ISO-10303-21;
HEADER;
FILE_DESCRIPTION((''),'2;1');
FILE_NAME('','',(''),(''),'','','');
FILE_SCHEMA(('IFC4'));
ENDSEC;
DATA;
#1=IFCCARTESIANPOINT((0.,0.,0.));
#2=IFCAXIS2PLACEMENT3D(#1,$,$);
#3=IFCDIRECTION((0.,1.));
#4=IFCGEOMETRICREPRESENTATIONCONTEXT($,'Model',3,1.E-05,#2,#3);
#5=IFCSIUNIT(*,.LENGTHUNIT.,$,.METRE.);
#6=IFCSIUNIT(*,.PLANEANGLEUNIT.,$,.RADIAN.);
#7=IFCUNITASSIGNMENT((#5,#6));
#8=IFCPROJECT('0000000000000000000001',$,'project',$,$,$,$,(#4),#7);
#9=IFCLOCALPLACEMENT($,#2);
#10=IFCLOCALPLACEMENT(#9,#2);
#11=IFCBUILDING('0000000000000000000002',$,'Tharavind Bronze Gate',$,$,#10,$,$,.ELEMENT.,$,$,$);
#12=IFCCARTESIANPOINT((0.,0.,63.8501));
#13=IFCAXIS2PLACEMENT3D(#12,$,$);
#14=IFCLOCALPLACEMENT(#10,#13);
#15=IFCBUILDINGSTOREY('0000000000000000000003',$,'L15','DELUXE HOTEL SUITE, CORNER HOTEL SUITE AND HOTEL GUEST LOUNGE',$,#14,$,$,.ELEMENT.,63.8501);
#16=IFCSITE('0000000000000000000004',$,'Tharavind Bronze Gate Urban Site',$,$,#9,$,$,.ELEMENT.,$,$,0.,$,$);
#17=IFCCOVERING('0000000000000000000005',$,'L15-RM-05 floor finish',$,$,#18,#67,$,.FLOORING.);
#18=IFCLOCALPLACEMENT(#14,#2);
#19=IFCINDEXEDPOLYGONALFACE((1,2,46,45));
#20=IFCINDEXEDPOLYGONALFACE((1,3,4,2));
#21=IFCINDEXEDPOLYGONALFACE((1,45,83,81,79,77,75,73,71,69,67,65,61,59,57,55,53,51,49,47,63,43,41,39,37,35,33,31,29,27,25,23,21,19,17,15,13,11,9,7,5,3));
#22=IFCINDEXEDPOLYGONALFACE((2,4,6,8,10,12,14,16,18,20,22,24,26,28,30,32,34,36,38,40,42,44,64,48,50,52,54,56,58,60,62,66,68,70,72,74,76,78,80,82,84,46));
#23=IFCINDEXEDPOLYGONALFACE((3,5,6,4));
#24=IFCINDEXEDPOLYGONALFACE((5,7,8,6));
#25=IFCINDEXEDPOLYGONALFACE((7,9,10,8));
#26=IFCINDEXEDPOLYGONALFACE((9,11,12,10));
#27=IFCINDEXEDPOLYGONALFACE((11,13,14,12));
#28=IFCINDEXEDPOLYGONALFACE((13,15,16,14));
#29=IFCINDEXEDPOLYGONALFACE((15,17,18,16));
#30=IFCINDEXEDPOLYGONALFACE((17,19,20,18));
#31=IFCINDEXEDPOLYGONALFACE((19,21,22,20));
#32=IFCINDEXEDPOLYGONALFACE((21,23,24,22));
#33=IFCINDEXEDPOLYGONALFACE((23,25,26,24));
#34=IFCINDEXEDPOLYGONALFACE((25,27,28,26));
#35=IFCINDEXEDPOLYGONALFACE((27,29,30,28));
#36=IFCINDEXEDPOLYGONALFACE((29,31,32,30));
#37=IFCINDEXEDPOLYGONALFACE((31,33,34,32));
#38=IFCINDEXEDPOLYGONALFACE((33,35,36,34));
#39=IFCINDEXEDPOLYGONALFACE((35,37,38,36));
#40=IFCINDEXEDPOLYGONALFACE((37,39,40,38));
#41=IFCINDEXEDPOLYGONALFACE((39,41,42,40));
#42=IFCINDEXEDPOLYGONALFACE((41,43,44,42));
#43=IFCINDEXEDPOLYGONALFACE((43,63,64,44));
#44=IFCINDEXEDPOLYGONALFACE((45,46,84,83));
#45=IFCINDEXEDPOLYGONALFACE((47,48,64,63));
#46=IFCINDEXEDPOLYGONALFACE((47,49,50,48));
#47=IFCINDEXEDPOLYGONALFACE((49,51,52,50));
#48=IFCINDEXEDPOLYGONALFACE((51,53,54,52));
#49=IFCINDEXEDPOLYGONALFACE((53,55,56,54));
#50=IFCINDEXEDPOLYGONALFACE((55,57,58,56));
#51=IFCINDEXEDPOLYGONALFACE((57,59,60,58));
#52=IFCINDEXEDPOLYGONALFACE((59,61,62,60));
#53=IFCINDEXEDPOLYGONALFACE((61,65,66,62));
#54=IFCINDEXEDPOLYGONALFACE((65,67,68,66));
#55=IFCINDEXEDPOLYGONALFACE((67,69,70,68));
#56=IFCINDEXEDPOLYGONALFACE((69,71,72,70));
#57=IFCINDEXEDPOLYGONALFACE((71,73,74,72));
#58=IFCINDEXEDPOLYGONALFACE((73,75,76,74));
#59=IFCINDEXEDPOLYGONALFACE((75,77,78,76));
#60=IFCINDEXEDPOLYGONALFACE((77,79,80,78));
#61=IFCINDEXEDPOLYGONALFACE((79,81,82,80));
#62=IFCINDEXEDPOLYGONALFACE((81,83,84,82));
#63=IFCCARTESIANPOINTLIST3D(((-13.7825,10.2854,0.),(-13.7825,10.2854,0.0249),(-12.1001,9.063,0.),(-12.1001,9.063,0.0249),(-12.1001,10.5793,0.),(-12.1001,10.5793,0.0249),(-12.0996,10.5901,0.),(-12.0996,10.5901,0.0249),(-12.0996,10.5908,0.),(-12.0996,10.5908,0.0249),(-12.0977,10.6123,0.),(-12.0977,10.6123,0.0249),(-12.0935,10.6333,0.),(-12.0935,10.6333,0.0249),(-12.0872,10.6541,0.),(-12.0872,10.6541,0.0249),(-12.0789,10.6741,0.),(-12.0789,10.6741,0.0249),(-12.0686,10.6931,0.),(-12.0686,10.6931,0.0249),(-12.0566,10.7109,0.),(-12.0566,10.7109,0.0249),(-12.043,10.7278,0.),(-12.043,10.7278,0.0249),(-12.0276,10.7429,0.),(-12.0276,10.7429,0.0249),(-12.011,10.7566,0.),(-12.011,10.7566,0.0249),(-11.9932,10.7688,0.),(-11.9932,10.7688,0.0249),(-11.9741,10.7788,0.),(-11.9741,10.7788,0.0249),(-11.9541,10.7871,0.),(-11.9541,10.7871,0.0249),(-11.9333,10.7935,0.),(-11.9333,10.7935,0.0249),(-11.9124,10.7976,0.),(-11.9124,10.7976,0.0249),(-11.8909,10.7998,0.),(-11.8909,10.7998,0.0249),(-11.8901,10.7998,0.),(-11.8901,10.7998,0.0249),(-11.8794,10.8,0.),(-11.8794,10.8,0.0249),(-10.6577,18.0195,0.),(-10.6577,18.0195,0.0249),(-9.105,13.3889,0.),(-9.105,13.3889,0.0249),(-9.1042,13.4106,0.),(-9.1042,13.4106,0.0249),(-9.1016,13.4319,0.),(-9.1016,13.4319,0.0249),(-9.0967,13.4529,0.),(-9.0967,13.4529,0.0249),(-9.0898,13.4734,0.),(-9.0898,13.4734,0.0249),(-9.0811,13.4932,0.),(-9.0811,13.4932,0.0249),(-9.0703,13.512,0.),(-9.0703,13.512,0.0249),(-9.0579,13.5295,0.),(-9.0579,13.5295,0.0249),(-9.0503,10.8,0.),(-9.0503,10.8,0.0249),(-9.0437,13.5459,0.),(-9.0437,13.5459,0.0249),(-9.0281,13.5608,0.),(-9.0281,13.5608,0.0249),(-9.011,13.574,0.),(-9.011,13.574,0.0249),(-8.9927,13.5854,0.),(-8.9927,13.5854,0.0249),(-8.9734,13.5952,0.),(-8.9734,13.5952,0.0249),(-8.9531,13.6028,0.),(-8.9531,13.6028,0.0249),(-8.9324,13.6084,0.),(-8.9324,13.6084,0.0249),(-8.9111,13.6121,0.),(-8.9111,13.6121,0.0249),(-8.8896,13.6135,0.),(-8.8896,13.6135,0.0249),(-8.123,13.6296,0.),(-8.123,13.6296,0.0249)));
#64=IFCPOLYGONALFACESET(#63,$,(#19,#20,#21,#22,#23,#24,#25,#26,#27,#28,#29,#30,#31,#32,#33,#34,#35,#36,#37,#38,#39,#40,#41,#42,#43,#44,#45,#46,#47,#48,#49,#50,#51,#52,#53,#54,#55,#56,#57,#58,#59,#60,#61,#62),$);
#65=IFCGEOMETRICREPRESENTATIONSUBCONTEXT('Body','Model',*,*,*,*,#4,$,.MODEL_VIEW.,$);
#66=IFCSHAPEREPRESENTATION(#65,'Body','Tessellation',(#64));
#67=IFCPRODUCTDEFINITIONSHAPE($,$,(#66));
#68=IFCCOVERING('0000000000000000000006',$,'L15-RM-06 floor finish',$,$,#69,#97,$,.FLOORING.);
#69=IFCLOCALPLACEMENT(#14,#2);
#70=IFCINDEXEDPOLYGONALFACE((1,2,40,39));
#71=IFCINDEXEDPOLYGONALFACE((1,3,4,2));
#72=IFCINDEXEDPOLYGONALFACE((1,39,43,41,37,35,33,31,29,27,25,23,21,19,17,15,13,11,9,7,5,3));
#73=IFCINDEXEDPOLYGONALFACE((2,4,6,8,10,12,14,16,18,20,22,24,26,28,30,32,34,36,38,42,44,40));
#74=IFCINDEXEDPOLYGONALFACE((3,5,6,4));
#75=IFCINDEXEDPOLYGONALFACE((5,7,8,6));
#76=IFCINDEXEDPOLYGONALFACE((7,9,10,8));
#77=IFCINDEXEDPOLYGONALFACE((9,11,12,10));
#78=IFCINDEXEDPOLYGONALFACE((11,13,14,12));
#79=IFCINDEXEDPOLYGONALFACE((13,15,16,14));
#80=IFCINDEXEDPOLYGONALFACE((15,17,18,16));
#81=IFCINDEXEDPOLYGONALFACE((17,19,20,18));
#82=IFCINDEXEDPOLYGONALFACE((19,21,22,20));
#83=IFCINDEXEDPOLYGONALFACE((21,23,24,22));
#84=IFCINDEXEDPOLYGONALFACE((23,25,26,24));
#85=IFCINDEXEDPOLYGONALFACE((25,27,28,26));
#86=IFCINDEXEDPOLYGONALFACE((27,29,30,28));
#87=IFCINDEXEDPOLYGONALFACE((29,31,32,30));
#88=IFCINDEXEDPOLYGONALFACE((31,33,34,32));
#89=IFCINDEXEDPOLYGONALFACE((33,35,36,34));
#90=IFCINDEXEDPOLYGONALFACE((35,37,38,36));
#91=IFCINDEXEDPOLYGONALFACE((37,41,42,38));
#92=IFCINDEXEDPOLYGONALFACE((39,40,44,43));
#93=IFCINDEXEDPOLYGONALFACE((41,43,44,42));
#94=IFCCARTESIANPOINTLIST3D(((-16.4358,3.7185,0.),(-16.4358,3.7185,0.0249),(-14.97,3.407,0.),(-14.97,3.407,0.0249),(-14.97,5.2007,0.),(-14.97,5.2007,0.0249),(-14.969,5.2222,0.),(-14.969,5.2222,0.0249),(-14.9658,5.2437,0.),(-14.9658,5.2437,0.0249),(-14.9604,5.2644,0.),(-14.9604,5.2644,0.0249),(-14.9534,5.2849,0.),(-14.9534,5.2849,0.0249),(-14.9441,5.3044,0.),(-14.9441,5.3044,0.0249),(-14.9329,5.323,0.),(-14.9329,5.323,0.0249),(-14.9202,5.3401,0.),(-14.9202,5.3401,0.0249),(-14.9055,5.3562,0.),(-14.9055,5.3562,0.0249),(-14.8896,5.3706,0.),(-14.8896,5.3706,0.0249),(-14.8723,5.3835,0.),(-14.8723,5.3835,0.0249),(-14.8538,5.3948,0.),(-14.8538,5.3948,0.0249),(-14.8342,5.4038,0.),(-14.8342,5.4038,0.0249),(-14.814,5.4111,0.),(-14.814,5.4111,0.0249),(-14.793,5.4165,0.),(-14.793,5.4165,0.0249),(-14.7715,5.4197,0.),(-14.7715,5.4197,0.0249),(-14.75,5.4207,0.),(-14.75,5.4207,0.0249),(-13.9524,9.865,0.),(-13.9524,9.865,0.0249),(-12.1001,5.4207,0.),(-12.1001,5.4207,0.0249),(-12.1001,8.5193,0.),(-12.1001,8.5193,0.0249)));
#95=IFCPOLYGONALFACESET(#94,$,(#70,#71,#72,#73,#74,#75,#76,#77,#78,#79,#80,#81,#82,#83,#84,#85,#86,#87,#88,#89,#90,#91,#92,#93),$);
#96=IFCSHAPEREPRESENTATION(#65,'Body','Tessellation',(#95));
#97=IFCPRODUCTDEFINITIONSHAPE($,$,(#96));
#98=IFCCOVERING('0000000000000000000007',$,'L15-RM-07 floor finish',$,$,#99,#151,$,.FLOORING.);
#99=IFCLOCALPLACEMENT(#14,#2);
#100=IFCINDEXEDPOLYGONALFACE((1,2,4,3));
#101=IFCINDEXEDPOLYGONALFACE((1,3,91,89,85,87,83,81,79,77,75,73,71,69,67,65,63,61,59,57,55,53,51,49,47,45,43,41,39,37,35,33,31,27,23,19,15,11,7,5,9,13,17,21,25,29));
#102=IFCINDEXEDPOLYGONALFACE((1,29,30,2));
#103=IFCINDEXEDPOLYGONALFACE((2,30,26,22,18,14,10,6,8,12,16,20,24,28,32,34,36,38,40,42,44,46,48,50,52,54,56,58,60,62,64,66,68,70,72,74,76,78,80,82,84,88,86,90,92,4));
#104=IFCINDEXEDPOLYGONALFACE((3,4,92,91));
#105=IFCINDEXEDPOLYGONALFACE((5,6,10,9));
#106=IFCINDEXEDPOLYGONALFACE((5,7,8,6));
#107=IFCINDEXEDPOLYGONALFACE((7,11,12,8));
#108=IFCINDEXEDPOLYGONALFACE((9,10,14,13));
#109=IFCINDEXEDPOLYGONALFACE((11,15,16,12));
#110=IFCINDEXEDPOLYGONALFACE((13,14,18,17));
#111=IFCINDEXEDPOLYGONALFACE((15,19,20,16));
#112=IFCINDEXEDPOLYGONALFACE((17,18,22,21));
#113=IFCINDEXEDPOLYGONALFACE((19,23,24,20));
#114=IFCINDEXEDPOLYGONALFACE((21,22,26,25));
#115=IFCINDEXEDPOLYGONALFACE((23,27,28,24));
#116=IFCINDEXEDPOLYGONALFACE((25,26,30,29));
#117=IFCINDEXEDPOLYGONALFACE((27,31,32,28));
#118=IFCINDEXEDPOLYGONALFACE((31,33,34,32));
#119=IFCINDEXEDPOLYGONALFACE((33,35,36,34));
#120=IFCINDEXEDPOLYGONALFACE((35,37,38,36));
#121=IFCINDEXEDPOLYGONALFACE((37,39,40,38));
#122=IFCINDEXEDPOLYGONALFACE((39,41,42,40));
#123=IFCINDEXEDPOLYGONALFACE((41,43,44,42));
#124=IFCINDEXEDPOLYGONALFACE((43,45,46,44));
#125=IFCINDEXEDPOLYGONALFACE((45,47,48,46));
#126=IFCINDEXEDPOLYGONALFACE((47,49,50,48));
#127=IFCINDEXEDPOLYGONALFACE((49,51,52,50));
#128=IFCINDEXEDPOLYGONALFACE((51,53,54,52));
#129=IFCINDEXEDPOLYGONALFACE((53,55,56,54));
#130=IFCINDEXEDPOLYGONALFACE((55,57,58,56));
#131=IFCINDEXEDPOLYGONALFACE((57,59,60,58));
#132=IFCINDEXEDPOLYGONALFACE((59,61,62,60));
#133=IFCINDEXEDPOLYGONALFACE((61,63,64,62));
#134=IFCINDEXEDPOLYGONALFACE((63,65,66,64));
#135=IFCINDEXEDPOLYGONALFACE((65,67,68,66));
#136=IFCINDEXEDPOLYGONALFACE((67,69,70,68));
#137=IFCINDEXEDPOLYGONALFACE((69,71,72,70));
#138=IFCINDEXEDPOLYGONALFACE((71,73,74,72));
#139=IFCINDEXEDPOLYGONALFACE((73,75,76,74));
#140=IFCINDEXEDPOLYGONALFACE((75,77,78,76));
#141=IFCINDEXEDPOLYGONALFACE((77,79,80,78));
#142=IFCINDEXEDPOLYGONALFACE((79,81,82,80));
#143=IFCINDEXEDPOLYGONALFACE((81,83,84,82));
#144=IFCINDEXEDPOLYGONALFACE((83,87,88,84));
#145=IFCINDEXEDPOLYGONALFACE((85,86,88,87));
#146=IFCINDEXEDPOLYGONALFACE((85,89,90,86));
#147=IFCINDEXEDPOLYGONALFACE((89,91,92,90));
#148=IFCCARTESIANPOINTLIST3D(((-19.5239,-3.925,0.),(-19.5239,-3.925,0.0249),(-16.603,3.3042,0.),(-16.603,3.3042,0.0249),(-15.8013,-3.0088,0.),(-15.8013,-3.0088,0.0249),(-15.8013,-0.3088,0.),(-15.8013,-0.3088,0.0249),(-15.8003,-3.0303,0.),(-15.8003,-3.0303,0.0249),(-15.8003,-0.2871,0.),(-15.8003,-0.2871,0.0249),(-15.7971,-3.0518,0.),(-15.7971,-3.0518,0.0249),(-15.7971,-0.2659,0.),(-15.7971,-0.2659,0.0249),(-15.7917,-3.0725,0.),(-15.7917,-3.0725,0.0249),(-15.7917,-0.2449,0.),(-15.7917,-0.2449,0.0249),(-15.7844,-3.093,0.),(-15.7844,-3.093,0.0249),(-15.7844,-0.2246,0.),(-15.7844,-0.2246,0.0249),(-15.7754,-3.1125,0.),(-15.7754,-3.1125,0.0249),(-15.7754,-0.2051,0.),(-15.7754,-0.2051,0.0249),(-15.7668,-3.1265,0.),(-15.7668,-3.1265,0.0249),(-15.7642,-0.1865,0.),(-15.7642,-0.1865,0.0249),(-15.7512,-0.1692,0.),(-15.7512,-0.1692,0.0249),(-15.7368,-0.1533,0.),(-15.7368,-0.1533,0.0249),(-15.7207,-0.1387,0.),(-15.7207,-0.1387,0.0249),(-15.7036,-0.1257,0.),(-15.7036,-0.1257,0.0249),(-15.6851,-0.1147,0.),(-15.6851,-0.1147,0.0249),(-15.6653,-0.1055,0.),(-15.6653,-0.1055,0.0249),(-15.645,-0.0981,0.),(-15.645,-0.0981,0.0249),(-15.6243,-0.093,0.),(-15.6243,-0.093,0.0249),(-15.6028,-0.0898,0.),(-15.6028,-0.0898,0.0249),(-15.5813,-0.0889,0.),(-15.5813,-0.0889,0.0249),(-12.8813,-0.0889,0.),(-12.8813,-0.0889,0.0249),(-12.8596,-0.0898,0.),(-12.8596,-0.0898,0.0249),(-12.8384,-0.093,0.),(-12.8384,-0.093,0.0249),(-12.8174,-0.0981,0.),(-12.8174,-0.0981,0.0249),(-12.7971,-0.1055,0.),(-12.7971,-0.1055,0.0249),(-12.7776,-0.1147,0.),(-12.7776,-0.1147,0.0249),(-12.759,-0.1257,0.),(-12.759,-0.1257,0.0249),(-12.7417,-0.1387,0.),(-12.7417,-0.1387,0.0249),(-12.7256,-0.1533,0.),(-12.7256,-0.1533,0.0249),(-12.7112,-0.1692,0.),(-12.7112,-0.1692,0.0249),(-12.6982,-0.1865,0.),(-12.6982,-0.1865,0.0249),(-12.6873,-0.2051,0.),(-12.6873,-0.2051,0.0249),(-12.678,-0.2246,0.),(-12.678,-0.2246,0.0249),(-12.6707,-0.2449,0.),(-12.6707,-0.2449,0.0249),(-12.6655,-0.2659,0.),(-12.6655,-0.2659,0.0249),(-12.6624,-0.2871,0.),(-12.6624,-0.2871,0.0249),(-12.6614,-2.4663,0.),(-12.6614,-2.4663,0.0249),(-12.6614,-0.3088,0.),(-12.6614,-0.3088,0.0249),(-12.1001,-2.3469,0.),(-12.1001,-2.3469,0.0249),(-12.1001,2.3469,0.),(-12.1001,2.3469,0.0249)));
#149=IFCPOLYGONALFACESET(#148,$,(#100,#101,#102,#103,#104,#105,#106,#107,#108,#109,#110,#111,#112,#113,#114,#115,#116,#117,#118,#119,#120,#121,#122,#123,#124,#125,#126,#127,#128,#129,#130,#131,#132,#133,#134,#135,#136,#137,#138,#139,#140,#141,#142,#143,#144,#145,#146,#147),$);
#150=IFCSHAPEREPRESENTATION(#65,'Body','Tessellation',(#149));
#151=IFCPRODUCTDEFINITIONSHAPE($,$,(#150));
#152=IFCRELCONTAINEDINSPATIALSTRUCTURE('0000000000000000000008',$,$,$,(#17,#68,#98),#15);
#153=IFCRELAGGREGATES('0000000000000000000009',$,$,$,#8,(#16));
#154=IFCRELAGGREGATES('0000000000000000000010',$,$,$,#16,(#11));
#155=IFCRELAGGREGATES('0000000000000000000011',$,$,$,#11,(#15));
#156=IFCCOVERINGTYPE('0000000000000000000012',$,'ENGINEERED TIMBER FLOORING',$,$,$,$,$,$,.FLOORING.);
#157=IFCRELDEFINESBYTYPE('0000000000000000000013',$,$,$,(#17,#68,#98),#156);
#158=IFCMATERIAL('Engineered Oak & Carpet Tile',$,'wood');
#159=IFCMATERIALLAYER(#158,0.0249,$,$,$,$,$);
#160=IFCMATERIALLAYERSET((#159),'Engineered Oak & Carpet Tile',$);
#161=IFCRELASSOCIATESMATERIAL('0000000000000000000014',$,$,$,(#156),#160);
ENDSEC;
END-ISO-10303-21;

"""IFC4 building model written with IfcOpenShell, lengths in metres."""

from ifc_helpers import new_model, si_unit, direction, frame, origin, place, context, subcontext, project, spatial, polyline, outline, extrude, material, layer, layer_set, type_object, element, save


model = new_model("IFC4")

# Units and contexts
model_context = context("Model", 3, precision=1e-05, world=origin(), true_north=direction((0.0, 1.0)))
body_context = subcontext(model_context, "Body", "Model", "MODEL_VIEW")
ifc_project = project(units=[si_unit("LENGTHUNIT", "METRE"), si_unit("PLANEANGLEUNIT", "RADIAN")], contexts=[model_context])

# Site, building, storey
site_placement = place(None, origin())
site = spatial("IfcSite", under=ifc_project, at=site_placement, Name="Tharavind Bronze Gate Urban Site", CompositionType="ELEMENT", RefElevation=0.0)
building_placement = place(site_placement, origin())
building = spatial("IfcBuilding", under=site, at=building_placement, Name="Tharavind Bronze Gate", CompositionType="ELEMENT")
storey_placement = place(building_placement, frame((0.0, 0.0, 63.8501)))
storey = spatial("IfcBuildingStorey", under=building, at=storey_placement, Name="L15", Description="DELUXE HOTEL SUITE, CORNER HOTEL SUITE AND HOTEL GUEST LOUNGE", CompositionType="ELEMENT", Elevation=63.8501)

# Coverings
ifc_material_1 = material(Name="Engineered Oak & Carpet Tile", Category="wood")
ifc_layer_1 = layer(ifc_material_1, 0.0249)
ifc_layer_set_1 = layer_set([ifc_layer_1], Name="Engineered Oak & Carpet Tile")
covering_type_1 = type_object("IfcCoveringType", Name="ENGINEERED TIMBER FLOORING", PredefinedType="FLOORING", material=ifc_layer_set_1)
covering_1_placement = place(storey_placement, origin())
element("IfcCovering", 1, at=covering_1_placement, inside=storey, type_object=covering_type_1, Name="L15-RM-05 floor finish", PredefinedType="FLOORING", context=body_context, shape_type="SweptSolid", body=[
    extrude(outline(polyline([(-12.1001, 9.063), (-12.1001, 10.5793), (-12.0996, 10.5901), (-12.0996, 10.5908), (-12.0977, 10.6123), (-12.0935, 10.6333), (-12.0872, 10.6541), (-12.0789, 10.6741), (-12.0686, 10.6931), (-12.0566, 10.7109), (-12.043, 10.7278), (-12.0276, 10.7429), (-12.011, 10.7566), (-11.9932, 10.7688), (-11.9741, 10.7788), (-11.9541, 10.7871), (-11.9333, 10.7935), (-11.9124, 10.7976), (-11.8909, 10.7998), (-11.8901, 10.7998), (-11.8794, 10.8), (-9.0503, 10.8), (-9.105, 13.3889), (-9.1042, 13.4106), (-9.1016, 13.4319), (-9.0967, 13.4529), (-9.0898, 13.4734), (-9.0811, 13.4932), (-9.0703, 13.512), (-9.0579, 13.5295), (-9.0437, 13.5459), (-9.0281, 13.5608), (-9.011, 13.574), (-8.9927, 13.5854), (-8.9734, 13.5952), (-8.9531, 13.6028), (-8.9324, 13.6084), (-8.9111, 13.6121), (-8.8896, 13.6135), (-8.123, 13.6296), (-10.6577, 18.0195), (-13.7825, 10.2854), (-12.1001, 9.063)])), origin(), (0.0, 0.0, 1.0), 0.0249),
])
covering_2_placement = place(storey_placement, origin())
element("IfcCovering", 2, at=covering_2_placement, inside=storey, type_object=covering_type_1, Name="L15-RM-06 floor finish", PredefinedType="FLOORING", context=body_context, shape_type="SweptSolid", body=[
    extrude(outline(polyline([(-14.97, 3.407), (-14.97, 5.2007), (-14.969, 5.2222), (-14.9658, 5.2437), (-14.9604, 5.2644), (-14.9534, 5.2849), (-14.9441, 5.3044), (-14.9329, 5.323), (-14.9202, 5.3401), (-14.9055, 5.3562), (-14.8896, 5.3706), (-14.8723, 5.3835), (-14.8538, 5.3948), (-14.8342, 5.4038), (-14.814, 5.4111), (-14.793, 5.4165), (-14.7715, 5.4197), (-14.75, 5.4207), (-12.1001, 5.4207), (-12.1001, 8.5193), (-13.9524, 9.865), (-16.4358, 3.7185), (-14.97, 3.407)])), origin(), (0.0, 0.0, 1.0), 0.0249),
])
covering_3_placement = place(storey_placement, origin())
element("IfcCovering", 3, at=covering_3_placement, inside=storey, type_object=covering_type_1, Name="L15-RM-07 floor finish", PredefinedType="FLOORING", context=body_context, shape_type="SweptSolid", body=[
    extrude(outline(polyline([(-15.7668, -3.1265), (-15.7754, -3.1125), (-15.7844, -3.093), (-15.7917, -3.0725), (-15.7971, -3.0518), (-15.8003, -3.0303), (-15.8013, -3.0088), (-15.8013, -0.3088), (-15.8003, -0.2871), (-15.7971, -0.2659), (-15.7917, -0.2449), (-15.7844, -0.2246), (-15.7754, -0.2051), (-15.7642, -0.1865), (-15.7512, -0.1692), (-15.7368, -0.1533), (-15.7207, -0.1387), (-15.7036, -0.1257), (-15.6851, -0.1147), (-15.6653, -0.1055), (-15.645, -0.0981), (-15.6243, -0.093), (-15.6028, -0.0898), (-15.5813, -0.0889), (-12.8813, -0.0889), (-12.8596, -0.0898), (-12.8384, -0.093), (-12.8174, -0.0981), (-12.7971, -0.1055), (-12.7776, -0.1147), (-12.759, -0.1257), (-12.7417, -0.1387), (-12.7256, -0.1533), (-12.7112, -0.1692), (-12.6982, -0.1865), (-12.6873, -0.2051), (-12.678, -0.2246), (-12.6707, -0.2449), (-12.6655, -0.2659), (-12.6624, -0.2871), (-12.6614, -0.3088), (-12.6614, -2.4663), (-12.1001, -2.3469), (-12.1001, 2.3469), (-16.603, 3.3042), (-19.5239, -3.925), (-15.7668, -3.1265)])), origin(), (0.0, 0.0, 1.0), 0.0249),
])

save(model, "model.ifc")
